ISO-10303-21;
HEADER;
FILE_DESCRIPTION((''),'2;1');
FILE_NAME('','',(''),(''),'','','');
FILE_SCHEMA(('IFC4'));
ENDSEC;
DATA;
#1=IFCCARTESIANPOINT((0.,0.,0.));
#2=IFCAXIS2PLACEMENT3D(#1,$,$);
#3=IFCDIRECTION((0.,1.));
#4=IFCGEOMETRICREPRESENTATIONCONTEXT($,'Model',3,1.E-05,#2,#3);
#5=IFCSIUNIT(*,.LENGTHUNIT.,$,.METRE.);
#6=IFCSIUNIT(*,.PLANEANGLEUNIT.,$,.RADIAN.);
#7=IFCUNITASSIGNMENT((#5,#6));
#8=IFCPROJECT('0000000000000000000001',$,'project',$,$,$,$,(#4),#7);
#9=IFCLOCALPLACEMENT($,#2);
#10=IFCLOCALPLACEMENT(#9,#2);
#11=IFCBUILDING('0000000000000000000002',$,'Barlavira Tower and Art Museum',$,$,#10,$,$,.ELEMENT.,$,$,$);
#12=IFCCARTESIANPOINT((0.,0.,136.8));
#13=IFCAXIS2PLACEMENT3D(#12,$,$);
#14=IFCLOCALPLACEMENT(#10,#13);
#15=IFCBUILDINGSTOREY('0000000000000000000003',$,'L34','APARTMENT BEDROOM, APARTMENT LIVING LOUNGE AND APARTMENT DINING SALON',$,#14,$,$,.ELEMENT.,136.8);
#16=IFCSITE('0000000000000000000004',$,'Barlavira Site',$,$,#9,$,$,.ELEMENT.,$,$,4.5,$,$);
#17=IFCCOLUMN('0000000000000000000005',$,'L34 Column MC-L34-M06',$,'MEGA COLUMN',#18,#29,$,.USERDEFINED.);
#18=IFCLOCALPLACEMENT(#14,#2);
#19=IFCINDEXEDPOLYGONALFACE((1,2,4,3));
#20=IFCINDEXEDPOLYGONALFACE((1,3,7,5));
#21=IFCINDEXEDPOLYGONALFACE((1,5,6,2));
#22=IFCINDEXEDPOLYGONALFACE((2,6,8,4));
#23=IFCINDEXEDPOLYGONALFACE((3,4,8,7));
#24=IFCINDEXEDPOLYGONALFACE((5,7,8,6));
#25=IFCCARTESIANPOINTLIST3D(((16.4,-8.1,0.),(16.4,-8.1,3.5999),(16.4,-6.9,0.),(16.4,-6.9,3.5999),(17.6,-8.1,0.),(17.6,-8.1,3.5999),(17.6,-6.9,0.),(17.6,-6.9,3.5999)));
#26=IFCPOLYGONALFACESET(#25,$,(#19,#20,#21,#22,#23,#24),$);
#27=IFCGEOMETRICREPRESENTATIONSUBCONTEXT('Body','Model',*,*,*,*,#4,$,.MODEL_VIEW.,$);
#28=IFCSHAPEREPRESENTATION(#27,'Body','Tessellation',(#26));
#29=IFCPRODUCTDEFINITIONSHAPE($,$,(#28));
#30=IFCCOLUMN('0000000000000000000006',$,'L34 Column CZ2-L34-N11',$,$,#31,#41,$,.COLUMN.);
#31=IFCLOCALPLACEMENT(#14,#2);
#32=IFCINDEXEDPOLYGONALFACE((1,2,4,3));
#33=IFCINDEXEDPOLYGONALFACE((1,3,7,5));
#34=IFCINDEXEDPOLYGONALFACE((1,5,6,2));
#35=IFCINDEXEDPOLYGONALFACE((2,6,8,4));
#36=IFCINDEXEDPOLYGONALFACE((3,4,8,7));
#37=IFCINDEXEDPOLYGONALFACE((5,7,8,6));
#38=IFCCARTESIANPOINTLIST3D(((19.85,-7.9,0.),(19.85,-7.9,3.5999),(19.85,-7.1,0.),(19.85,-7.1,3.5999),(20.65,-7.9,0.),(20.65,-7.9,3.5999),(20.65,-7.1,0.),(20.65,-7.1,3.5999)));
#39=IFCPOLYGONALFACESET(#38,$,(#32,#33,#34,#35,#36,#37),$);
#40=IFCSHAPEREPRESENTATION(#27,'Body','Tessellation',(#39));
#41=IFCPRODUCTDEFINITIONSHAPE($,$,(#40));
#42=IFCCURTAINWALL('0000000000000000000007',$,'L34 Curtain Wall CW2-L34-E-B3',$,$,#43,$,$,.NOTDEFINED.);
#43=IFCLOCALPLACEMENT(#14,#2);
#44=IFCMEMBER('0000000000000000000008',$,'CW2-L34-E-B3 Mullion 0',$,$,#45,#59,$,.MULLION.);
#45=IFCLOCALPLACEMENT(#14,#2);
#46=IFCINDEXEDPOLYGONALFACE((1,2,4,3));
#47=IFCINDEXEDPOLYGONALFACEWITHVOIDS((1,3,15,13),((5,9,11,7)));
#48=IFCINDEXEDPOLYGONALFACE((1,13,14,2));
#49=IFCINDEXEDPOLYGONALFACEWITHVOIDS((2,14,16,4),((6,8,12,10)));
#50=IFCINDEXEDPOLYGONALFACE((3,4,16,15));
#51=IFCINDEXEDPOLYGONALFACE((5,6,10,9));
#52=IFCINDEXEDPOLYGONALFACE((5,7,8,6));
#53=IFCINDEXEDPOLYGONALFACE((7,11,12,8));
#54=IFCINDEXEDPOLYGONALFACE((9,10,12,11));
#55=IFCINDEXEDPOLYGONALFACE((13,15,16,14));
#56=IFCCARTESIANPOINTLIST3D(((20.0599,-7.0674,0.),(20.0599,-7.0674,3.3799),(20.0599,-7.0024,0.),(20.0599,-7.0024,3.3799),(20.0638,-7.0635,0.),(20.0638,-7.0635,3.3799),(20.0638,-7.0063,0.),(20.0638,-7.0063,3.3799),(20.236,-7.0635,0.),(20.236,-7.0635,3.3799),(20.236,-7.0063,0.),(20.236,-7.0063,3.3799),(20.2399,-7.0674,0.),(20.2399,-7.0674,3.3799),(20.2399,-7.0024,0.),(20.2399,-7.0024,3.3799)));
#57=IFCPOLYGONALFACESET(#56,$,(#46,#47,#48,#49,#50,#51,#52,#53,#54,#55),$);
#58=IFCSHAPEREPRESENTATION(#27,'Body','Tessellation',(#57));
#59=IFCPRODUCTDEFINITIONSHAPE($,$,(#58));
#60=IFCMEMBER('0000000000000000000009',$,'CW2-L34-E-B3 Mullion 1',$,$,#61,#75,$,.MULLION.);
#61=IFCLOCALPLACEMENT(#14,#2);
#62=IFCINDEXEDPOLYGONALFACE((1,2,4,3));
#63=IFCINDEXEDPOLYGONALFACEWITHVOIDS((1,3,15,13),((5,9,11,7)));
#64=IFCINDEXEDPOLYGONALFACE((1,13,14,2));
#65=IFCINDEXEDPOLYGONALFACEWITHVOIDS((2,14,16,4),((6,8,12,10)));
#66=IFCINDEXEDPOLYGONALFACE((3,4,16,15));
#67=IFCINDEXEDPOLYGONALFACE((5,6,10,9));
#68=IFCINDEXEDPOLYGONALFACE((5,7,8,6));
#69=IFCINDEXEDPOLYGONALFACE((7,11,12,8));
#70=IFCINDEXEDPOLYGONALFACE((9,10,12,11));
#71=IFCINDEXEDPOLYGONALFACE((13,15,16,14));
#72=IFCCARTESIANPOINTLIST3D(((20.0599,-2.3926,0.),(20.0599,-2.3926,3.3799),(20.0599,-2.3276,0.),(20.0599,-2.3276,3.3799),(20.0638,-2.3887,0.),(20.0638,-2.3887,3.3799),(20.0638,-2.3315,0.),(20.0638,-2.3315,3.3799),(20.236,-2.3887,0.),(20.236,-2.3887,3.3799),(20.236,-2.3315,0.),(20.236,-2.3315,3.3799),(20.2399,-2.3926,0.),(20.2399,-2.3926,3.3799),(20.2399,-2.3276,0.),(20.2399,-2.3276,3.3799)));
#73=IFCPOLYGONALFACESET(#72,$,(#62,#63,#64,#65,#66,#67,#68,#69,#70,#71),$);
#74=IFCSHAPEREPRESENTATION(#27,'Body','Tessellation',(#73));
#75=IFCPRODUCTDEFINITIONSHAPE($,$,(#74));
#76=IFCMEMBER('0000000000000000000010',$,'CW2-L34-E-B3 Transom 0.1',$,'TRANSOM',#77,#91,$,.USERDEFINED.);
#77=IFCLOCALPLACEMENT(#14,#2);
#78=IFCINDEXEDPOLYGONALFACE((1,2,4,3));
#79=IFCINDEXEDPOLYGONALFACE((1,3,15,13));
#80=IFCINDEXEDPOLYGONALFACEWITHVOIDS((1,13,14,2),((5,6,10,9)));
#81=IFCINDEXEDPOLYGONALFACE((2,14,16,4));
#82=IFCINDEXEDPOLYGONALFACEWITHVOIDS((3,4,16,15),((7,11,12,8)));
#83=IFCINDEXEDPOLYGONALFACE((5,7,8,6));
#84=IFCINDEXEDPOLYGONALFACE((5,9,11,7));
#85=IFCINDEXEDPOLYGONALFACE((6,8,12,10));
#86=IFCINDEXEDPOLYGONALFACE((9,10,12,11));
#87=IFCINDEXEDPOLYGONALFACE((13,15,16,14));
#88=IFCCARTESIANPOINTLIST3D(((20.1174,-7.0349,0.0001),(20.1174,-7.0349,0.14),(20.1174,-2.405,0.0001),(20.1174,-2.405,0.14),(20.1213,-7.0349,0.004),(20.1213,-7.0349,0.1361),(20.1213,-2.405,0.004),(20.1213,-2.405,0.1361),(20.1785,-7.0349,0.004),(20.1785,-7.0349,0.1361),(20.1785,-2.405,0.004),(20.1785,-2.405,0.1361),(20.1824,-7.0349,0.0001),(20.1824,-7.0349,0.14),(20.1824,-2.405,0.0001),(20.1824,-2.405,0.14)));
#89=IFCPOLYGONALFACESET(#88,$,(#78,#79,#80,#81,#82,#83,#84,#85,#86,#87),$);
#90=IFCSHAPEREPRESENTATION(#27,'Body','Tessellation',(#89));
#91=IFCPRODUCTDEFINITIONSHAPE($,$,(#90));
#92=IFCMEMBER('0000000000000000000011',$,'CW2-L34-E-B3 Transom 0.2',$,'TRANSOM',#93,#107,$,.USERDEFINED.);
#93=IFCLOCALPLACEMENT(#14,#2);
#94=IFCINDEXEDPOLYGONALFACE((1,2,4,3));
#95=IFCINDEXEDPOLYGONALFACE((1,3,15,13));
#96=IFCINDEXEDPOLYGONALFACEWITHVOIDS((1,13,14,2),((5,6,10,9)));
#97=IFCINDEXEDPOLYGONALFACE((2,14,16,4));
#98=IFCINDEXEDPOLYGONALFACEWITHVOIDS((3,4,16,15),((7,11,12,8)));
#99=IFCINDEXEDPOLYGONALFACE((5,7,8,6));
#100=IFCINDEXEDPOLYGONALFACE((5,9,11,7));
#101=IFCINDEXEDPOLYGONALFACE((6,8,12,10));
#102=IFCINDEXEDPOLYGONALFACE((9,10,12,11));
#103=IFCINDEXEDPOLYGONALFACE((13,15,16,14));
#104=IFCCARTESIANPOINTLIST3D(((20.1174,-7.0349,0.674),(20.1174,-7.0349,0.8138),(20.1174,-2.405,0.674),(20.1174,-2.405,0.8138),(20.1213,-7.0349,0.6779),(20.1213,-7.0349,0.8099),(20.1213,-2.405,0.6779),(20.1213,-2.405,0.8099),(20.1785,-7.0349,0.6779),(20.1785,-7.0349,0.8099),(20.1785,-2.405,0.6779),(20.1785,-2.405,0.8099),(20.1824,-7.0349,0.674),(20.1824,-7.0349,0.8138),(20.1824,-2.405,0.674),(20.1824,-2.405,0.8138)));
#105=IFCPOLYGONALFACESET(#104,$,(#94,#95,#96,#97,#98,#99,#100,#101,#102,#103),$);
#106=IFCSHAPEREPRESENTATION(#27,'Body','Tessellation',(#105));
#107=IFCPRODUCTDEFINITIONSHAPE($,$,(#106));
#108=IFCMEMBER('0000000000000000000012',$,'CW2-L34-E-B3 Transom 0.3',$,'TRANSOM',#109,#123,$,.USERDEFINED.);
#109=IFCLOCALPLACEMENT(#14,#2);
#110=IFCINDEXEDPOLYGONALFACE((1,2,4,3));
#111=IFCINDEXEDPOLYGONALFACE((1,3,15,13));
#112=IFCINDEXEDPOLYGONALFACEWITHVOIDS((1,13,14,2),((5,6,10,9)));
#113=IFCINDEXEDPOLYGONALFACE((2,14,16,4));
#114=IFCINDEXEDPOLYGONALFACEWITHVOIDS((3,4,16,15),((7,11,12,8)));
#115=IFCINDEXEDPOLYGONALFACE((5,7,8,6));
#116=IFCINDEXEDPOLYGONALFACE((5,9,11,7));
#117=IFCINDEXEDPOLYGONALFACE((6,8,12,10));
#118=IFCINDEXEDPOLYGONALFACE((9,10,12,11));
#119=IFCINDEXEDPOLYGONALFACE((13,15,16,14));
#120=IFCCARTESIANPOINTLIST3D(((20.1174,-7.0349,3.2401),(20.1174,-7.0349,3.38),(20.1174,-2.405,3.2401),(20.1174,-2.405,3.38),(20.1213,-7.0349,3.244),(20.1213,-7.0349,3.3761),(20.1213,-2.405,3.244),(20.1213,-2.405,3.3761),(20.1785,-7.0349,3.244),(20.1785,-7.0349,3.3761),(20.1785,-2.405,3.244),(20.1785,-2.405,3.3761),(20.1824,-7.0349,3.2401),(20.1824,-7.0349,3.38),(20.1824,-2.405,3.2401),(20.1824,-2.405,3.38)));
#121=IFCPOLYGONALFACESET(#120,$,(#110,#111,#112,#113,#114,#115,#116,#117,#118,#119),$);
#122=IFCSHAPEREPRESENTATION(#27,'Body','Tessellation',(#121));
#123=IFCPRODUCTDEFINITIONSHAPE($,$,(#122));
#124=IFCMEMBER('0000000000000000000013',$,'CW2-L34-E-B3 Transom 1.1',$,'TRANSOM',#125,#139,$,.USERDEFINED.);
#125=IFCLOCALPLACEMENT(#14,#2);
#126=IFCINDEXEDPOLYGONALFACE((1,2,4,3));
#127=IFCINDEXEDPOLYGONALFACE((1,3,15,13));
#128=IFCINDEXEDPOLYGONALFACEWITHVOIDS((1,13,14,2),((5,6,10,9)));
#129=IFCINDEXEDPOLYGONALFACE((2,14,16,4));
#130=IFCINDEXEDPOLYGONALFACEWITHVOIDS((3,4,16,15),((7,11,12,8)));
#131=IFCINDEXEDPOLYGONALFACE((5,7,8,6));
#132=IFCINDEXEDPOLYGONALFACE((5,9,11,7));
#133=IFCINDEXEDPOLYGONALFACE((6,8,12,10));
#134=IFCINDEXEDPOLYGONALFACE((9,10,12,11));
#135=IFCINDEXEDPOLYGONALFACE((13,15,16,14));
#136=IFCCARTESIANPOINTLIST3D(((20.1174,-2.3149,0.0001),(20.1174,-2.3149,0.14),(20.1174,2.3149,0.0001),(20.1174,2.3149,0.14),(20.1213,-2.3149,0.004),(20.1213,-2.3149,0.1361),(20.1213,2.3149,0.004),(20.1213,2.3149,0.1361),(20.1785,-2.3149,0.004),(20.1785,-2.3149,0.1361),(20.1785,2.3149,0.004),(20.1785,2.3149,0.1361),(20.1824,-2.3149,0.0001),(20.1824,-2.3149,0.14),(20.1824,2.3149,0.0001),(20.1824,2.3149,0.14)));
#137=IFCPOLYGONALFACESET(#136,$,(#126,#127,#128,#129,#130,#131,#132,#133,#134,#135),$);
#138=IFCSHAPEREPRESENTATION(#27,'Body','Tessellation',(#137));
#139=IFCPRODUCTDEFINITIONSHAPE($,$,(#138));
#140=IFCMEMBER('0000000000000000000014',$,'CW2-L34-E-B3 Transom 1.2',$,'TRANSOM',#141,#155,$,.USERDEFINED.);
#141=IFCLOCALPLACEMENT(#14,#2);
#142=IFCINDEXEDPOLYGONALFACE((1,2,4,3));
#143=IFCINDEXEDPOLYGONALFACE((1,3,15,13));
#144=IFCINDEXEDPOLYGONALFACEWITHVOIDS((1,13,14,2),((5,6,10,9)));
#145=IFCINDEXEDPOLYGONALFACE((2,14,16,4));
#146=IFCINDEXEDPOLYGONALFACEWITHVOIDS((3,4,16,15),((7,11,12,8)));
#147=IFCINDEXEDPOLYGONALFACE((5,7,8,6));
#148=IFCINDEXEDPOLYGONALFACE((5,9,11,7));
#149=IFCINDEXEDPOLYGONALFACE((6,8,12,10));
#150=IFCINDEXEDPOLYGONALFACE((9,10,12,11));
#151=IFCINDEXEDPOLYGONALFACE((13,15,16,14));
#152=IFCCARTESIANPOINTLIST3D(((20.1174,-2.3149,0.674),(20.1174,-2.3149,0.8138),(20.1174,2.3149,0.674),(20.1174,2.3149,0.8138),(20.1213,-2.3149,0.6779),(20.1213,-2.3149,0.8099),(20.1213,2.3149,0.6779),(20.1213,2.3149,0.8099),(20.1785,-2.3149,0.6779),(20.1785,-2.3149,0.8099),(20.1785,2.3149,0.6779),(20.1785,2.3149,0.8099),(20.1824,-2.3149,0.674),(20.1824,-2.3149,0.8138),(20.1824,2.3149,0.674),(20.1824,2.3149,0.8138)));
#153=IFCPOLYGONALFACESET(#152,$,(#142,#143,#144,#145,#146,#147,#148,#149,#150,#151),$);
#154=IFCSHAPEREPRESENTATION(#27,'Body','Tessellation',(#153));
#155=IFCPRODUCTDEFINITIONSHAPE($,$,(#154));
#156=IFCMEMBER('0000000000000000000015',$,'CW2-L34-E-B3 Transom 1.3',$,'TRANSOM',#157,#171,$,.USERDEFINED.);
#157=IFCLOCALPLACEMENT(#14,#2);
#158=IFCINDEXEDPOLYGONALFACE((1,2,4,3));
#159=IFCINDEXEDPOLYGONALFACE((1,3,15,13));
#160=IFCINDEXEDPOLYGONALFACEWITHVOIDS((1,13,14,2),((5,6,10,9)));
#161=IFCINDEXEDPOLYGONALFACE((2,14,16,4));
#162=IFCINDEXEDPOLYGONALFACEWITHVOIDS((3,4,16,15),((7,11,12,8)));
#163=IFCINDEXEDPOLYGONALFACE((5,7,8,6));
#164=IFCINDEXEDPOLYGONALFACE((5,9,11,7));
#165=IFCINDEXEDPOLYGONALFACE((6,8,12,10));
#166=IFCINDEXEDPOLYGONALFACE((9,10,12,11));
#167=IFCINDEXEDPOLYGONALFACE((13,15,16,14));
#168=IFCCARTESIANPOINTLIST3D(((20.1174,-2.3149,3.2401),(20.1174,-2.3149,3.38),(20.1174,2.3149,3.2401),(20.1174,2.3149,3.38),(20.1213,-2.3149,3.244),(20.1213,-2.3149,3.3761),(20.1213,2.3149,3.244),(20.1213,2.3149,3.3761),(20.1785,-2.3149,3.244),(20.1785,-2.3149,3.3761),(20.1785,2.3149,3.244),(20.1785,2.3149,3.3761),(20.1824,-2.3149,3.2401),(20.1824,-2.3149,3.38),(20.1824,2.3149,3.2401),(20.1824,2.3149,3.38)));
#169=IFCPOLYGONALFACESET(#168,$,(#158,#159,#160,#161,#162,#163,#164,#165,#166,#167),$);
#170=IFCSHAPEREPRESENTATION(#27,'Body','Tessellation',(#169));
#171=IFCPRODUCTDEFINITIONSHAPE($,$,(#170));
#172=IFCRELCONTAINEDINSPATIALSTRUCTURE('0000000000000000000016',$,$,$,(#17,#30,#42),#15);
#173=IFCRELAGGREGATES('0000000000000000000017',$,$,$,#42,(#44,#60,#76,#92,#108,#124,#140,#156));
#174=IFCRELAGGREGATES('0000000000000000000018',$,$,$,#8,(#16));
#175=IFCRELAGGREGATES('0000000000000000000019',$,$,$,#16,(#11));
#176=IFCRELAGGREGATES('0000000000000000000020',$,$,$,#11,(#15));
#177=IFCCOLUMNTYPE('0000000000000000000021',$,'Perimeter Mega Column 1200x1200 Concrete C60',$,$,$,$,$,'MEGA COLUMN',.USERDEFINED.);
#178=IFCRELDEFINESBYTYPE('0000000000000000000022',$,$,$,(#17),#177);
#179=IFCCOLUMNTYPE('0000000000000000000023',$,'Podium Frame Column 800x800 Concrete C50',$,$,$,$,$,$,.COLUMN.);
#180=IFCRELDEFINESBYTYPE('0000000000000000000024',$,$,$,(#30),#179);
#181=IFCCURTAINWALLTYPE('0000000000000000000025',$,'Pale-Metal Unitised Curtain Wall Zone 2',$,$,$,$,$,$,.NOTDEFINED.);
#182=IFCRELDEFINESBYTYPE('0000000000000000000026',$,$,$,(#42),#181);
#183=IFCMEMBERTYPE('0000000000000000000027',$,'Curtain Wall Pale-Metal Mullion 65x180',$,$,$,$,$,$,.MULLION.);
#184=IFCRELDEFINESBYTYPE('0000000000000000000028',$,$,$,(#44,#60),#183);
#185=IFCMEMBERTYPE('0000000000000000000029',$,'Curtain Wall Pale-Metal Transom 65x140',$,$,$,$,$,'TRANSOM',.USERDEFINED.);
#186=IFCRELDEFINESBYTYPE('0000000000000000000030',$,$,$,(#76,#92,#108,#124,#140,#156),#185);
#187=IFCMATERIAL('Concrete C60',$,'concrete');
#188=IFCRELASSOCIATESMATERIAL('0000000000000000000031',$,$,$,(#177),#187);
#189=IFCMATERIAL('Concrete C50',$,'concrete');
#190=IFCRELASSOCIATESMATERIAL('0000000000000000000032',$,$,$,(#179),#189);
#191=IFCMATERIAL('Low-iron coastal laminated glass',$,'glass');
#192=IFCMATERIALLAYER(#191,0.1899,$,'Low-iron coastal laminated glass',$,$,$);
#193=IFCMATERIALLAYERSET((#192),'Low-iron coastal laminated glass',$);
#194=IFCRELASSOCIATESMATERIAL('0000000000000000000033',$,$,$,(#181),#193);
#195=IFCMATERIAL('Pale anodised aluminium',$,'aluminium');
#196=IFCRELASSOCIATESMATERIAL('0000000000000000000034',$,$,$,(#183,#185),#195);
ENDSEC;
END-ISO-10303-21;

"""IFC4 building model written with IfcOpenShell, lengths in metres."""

from ifc_helpers import new_model, si_unit, direction, frame, origin, origin_2d, place, context, subcontext, project, spatial, rectangle, hollow_rectangle, extrude, material, layer, layer_set, material_profile, profile_set, type_object, element, aggregate, save


model = new_model("IFC4")

# Units and contexts
model_context = context("Model", 3, precision=1e-05, world=origin(), true_north=direction((0.0, 1.0)))
body_context = subcontext(model_context, "Body", "Model", "MODEL_VIEW")
ifc_project = project(units=[si_unit("LENGTHUNIT", "METRE"), si_unit("PLANEANGLEUNIT", "RADIAN")], contexts=[model_context])

# Site, building, storey
site_placement = place(None, origin())
site = spatial("IfcSite", under=ifc_project, at=site_placement, Name="Barlavira Site", CompositionType="ELEMENT", RefElevation=4.5)
building_placement = place(site_placement, origin())
building = spatial("IfcBuilding", under=site, at=building_placement, Name="Barlavira Tower and Art Museum", CompositionType="ELEMENT")
storey_placement = place(building_placement, frame((0.0, 0.0, 136.8)))
storey = spatial("IfcBuildingStorey", under=building, at=storey_placement, Name="L34", Description="APARTMENT BEDROOM, APARTMENT LIVING LOUNGE AND APARTMENT DINING SALON", CompositionType="ELEMENT", Elevation=136.8)

# Columns
ifc_material_1 = material(Name="Concrete C60", Category="concrete")
ifc_material_profile_1 = material_profile(ifc_material_1, rectangle(XDim=1.2, YDim=1.2, at=origin_2d()), Name="RC-COL 1200x1200")
ifc_profile_set_1 = profile_set([ifc_material_profile_1], Name="Concrete C60")
column_type_1 = type_object("IfcColumnType", Name="Perimeter Mega Column 1200x1200 Concrete C60", ElementType="MEGA COLUMN", PredefinedType="USERDEFINED", material=ifc_profile_set_1)
column_1_placement = place(storey_placement, frame((17.0, -7.5, 0.0), z_axis=(0.0, 0.0, 1.0), x_axis=(1.0, 0.0, 0.0)))
element("IfcColumn", 1, at=column_1_placement, inside=storey, type_object=column_type_1, Name="L34 Column MC-L34-M06", ObjectType="MEGA COLUMN", PredefinedType="USERDEFINED", context=body_context, shape_type="SweptSolid", body=[
    extrude(rectangle(XDim=1.2, YDim=1.2, at=origin_2d()), origin(), (0.0, 0.0, 1.0), 3.5999),
])
ifc_material_2 = material(Name="Concrete C50", Category="concrete")
ifc_material_profile_2 = material_profile(ifc_material_2, rectangle(XDim=0.8, YDim=0.8, at=origin_2d()), Name="RC-COL 800x800")
ifc_profile_set_2 = profile_set([ifc_material_profile_2], Name="Concrete C50")
column_type_2 = type_object("IfcColumnType", Name="Podium Frame Column 800x800 Concrete C50", PredefinedType="COLUMN", material=ifc_profile_set_2)
column_2_placement = place(storey_placement, frame((20.25, -7.5, 0.0), z_axis=(0.0, 0.0, 1.0), x_axis=(1.0, 0.0, 0.0)))
element("IfcColumn", 2, at=column_2_placement, inside=storey, type_object=column_type_2, Name="L34 Column CZ2-L34-N11", PredefinedType="COLUMN", context=body_context, shape_type="SweptSolid", body=[
    extrude(rectangle(XDim=0.8, YDim=0.8, at=origin_2d()), origin(), (0.0, 0.0, 1.0), 3.5999),
])

# Curtain wall, members
ifc_material_3 = material(Name="Low-iron coastal laminated glass", Category="glass")
ifc_layer_1 = layer(ifc_material_3, 0.1899, Name="Low-iron coastal laminated glass")
ifc_layer_set_1 = layer_set([ifc_layer_1], Name="Low-iron coastal laminated glass")
curtain_wall_type = type_object("IfcCurtainWallType", Name="Pale-Metal Unitised Curtain Wall Zone 2", PredefinedType="NOTDEFINED", material=ifc_layer_set_1)
curtain_wall_placement = place(storey_placement, origin())
curtain_wall = element("IfcCurtainWall", 3, at=curtain_wall_placement, inside=storey, type_object=curtain_wall_type, Name="L34 Curtain Wall CW2-L34-E-B3", PredefinedType="NOTDEFINED")
ifc_material_4 = material(Name="Pale anodised aluminium", Category="aluminium")
ifc_material_profile_3 = material_profile(ifc_material_4, hollow_rectangle(XDim=0.0649, YDim=0.1799, WallThickness=0.0039, at=origin_2d()), Name="ALU-MULL 65x180x4")
ifc_profile_set_3 = profile_set([ifc_material_profile_3], Name="Pale anodised aluminium")
member_type_1 = type_object("IfcMemberType", Name="Curtain Wall Pale-Metal Mullion 65x180", PredefinedType="MULLION", material=ifc_profile_set_3)
member_1_placement = place(storey_placement, frame((20.1499, -7.0349, 0.0), z_axis=(0.0, 0.0, 1.0), x_axis=(0.0, 1.0, 0.0)))
member_1 = element("IfcMember", 4, at=member_1_placement, type_object=member_type_1, Name="CW2-L34-E-B3 Mullion 0", PredefinedType="MULLION", context=body_context, shape_type="SweptSolid", body=[
    extrude(hollow_rectangle(XDim=0.0649, YDim=0.1799, WallThickness=0.0039, at=origin_2d()), origin(), (0.0, 0.0, 1.0), 3.3799),
])
member_2_placement = place(storey_placement, frame((20.1499, -2.3601, 0.0), z_axis=(0.0, 0.0, 1.0), x_axis=(0.0, 1.0, 0.0)))
member_2 = element("IfcMember", 5, at=member_2_placement, type_object=member_type_1, Name="CW2-L34-E-B3 Mullion 1", PredefinedType="MULLION", context=body_context, shape_type="SweptSolid", body=[
    extrude(hollow_rectangle(XDim=0.0649, YDim=0.1799, WallThickness=0.0039, at=origin_2d()), origin(), (0.0, 0.0, 1.0), 3.3799),
])
ifc_material_profile_4 = material_profile(ifc_material_4, hollow_rectangle(XDim=0.0649, YDim=0.1399, WallThickness=0.0039, at=origin_2d()), Name="ALU-TRAN 65x140x4")
ifc_profile_set_4 = profile_set([ifc_material_profile_4], Name="Pale anodised aluminium")
member_type_2 = type_object("IfcMemberType", Name="Curtain Wall Pale-Metal Transom 65x140", ElementType="TRANSOM", PredefinedType="USERDEFINED", material=ifc_profile_set_4)
member_3_placement = place(storey_placement, frame((20.1499, -7.0349, 0.0701), z_axis=(0.0, 1.0, 0.0), x_axis=(-1.0, 0.0, 0.0)))
member_3 = element("IfcMember", 6, at=member_3_placement, type_object=member_type_2, Name="CW2-L34-E-B3 Transom 0.1", ObjectType="TRANSOM", PredefinedType="USERDEFINED", context=body_context, shape_type="SweptSolid", body=[
    extrude(hollow_rectangle(XDim=0.0649, YDim=0.1399, WallThickness=0.0039, at=origin_2d()), origin(), (0.0, 0.0, 1.0), 4.6299),
])
member_4_placement = place(storey_placement, frame((20.1499, -7.0349, 0.7439), z_axis=(0.0, 1.0, 0.0), x_axis=(-1.0, 0.0, 0.0)))
member_4 = element("IfcMember", 7, at=member_4_placement, type_object=member_type_2, Name="CW2-L34-E-B3 Transom 0.2", ObjectType="TRANSOM", PredefinedType="USERDEFINED", context=body_context, shape_type="SweptSolid", body=[
    extrude(hollow_rectangle(XDim=0.0649, YDim=0.1399, WallThickness=0.0039, at=origin_2d()), origin(), (0.0, 0.0, 1.0), 4.6299),
])
member_5_placement = place(storey_placement, frame((20.1499, -7.0349, 3.3101), z_axis=(0.0, 1.0, 0.0), x_axis=(-1.0, 0.0, 0.0)))
member_5 = element("IfcMember", 8, at=member_5_placement, type_object=member_type_2, Name="CW2-L34-E-B3 Transom 0.3", ObjectType="TRANSOM", PredefinedType="USERDEFINED", context=body_context, shape_type="SweptSolid", body=[
    extrude(hollow_rectangle(XDim=0.0649, YDim=0.1399, WallThickness=0.0039, at=origin_2d()), origin(), (0.0, 0.0, 1.0), 4.6299),
])
member_6_placement = place(storey_placement, frame((20.1499, -2.3149, 0.0701), z_axis=(0.0, 1.0, 0.0), x_axis=(-1.0, 0.0, 0.0)))
member_6 = element("IfcMember", 9, at=member_6_placement, type_object=member_type_2, Name="CW2-L34-E-B3 Transom 1.1", ObjectType="TRANSOM", PredefinedType="USERDEFINED", context=body_context, shape_type="SweptSolid", body=[
    extrude(hollow_rectangle(XDim=0.0649, YDim=0.1399, WallThickness=0.0039, at=origin_2d()), origin(), (0.0, 0.0, 1.0), 4.6299),
])
member_7_placement = place(storey_placement, frame((20.1499, -2.3149, 0.7439), z_axis=(0.0, 1.0, 0.0), x_axis=(-1.0, 0.0, 0.0)))
member_7 = element("IfcMember", 10, at=member_7_placement, type_object=member_type_2, Name="CW2-L34-E-B3 Transom 1.2", ObjectType="TRANSOM", PredefinedType="USERDEFINED", context=body_context, shape_type="SweptSolid", body=[
    extrude(hollow_rectangle(XDim=0.0649, YDim=0.1399, WallThickness=0.0039, at=origin_2d()), origin(), (0.0, 0.0, 1.0), 4.6299),
])
member_8_placement = place(storey_placement, frame((20.1499, -2.3149, 3.3101), z_axis=(0.0, 1.0, 0.0), x_axis=(-1.0, 0.0, 0.0)))
member_8 = element("IfcMember", 11, at=member_8_placement, type_object=member_type_2, Name="CW2-L34-E-B3 Transom 1.3", ObjectType="TRANSOM", PredefinedType="USERDEFINED", context=body_context, shape_type="SweptSolid", body=[
    extrude(hollow_rectangle(XDim=0.0649, YDim=0.1399, WallThickness=0.0039, at=origin_2d()), origin(), (0.0, 0.0, 1.0), 4.6299),
])

aggregate(curtain_wall, [member_1, member_2, member_3, member_4, member_5, member_6, member_7, member_8])

save(model, "model.ifc")
